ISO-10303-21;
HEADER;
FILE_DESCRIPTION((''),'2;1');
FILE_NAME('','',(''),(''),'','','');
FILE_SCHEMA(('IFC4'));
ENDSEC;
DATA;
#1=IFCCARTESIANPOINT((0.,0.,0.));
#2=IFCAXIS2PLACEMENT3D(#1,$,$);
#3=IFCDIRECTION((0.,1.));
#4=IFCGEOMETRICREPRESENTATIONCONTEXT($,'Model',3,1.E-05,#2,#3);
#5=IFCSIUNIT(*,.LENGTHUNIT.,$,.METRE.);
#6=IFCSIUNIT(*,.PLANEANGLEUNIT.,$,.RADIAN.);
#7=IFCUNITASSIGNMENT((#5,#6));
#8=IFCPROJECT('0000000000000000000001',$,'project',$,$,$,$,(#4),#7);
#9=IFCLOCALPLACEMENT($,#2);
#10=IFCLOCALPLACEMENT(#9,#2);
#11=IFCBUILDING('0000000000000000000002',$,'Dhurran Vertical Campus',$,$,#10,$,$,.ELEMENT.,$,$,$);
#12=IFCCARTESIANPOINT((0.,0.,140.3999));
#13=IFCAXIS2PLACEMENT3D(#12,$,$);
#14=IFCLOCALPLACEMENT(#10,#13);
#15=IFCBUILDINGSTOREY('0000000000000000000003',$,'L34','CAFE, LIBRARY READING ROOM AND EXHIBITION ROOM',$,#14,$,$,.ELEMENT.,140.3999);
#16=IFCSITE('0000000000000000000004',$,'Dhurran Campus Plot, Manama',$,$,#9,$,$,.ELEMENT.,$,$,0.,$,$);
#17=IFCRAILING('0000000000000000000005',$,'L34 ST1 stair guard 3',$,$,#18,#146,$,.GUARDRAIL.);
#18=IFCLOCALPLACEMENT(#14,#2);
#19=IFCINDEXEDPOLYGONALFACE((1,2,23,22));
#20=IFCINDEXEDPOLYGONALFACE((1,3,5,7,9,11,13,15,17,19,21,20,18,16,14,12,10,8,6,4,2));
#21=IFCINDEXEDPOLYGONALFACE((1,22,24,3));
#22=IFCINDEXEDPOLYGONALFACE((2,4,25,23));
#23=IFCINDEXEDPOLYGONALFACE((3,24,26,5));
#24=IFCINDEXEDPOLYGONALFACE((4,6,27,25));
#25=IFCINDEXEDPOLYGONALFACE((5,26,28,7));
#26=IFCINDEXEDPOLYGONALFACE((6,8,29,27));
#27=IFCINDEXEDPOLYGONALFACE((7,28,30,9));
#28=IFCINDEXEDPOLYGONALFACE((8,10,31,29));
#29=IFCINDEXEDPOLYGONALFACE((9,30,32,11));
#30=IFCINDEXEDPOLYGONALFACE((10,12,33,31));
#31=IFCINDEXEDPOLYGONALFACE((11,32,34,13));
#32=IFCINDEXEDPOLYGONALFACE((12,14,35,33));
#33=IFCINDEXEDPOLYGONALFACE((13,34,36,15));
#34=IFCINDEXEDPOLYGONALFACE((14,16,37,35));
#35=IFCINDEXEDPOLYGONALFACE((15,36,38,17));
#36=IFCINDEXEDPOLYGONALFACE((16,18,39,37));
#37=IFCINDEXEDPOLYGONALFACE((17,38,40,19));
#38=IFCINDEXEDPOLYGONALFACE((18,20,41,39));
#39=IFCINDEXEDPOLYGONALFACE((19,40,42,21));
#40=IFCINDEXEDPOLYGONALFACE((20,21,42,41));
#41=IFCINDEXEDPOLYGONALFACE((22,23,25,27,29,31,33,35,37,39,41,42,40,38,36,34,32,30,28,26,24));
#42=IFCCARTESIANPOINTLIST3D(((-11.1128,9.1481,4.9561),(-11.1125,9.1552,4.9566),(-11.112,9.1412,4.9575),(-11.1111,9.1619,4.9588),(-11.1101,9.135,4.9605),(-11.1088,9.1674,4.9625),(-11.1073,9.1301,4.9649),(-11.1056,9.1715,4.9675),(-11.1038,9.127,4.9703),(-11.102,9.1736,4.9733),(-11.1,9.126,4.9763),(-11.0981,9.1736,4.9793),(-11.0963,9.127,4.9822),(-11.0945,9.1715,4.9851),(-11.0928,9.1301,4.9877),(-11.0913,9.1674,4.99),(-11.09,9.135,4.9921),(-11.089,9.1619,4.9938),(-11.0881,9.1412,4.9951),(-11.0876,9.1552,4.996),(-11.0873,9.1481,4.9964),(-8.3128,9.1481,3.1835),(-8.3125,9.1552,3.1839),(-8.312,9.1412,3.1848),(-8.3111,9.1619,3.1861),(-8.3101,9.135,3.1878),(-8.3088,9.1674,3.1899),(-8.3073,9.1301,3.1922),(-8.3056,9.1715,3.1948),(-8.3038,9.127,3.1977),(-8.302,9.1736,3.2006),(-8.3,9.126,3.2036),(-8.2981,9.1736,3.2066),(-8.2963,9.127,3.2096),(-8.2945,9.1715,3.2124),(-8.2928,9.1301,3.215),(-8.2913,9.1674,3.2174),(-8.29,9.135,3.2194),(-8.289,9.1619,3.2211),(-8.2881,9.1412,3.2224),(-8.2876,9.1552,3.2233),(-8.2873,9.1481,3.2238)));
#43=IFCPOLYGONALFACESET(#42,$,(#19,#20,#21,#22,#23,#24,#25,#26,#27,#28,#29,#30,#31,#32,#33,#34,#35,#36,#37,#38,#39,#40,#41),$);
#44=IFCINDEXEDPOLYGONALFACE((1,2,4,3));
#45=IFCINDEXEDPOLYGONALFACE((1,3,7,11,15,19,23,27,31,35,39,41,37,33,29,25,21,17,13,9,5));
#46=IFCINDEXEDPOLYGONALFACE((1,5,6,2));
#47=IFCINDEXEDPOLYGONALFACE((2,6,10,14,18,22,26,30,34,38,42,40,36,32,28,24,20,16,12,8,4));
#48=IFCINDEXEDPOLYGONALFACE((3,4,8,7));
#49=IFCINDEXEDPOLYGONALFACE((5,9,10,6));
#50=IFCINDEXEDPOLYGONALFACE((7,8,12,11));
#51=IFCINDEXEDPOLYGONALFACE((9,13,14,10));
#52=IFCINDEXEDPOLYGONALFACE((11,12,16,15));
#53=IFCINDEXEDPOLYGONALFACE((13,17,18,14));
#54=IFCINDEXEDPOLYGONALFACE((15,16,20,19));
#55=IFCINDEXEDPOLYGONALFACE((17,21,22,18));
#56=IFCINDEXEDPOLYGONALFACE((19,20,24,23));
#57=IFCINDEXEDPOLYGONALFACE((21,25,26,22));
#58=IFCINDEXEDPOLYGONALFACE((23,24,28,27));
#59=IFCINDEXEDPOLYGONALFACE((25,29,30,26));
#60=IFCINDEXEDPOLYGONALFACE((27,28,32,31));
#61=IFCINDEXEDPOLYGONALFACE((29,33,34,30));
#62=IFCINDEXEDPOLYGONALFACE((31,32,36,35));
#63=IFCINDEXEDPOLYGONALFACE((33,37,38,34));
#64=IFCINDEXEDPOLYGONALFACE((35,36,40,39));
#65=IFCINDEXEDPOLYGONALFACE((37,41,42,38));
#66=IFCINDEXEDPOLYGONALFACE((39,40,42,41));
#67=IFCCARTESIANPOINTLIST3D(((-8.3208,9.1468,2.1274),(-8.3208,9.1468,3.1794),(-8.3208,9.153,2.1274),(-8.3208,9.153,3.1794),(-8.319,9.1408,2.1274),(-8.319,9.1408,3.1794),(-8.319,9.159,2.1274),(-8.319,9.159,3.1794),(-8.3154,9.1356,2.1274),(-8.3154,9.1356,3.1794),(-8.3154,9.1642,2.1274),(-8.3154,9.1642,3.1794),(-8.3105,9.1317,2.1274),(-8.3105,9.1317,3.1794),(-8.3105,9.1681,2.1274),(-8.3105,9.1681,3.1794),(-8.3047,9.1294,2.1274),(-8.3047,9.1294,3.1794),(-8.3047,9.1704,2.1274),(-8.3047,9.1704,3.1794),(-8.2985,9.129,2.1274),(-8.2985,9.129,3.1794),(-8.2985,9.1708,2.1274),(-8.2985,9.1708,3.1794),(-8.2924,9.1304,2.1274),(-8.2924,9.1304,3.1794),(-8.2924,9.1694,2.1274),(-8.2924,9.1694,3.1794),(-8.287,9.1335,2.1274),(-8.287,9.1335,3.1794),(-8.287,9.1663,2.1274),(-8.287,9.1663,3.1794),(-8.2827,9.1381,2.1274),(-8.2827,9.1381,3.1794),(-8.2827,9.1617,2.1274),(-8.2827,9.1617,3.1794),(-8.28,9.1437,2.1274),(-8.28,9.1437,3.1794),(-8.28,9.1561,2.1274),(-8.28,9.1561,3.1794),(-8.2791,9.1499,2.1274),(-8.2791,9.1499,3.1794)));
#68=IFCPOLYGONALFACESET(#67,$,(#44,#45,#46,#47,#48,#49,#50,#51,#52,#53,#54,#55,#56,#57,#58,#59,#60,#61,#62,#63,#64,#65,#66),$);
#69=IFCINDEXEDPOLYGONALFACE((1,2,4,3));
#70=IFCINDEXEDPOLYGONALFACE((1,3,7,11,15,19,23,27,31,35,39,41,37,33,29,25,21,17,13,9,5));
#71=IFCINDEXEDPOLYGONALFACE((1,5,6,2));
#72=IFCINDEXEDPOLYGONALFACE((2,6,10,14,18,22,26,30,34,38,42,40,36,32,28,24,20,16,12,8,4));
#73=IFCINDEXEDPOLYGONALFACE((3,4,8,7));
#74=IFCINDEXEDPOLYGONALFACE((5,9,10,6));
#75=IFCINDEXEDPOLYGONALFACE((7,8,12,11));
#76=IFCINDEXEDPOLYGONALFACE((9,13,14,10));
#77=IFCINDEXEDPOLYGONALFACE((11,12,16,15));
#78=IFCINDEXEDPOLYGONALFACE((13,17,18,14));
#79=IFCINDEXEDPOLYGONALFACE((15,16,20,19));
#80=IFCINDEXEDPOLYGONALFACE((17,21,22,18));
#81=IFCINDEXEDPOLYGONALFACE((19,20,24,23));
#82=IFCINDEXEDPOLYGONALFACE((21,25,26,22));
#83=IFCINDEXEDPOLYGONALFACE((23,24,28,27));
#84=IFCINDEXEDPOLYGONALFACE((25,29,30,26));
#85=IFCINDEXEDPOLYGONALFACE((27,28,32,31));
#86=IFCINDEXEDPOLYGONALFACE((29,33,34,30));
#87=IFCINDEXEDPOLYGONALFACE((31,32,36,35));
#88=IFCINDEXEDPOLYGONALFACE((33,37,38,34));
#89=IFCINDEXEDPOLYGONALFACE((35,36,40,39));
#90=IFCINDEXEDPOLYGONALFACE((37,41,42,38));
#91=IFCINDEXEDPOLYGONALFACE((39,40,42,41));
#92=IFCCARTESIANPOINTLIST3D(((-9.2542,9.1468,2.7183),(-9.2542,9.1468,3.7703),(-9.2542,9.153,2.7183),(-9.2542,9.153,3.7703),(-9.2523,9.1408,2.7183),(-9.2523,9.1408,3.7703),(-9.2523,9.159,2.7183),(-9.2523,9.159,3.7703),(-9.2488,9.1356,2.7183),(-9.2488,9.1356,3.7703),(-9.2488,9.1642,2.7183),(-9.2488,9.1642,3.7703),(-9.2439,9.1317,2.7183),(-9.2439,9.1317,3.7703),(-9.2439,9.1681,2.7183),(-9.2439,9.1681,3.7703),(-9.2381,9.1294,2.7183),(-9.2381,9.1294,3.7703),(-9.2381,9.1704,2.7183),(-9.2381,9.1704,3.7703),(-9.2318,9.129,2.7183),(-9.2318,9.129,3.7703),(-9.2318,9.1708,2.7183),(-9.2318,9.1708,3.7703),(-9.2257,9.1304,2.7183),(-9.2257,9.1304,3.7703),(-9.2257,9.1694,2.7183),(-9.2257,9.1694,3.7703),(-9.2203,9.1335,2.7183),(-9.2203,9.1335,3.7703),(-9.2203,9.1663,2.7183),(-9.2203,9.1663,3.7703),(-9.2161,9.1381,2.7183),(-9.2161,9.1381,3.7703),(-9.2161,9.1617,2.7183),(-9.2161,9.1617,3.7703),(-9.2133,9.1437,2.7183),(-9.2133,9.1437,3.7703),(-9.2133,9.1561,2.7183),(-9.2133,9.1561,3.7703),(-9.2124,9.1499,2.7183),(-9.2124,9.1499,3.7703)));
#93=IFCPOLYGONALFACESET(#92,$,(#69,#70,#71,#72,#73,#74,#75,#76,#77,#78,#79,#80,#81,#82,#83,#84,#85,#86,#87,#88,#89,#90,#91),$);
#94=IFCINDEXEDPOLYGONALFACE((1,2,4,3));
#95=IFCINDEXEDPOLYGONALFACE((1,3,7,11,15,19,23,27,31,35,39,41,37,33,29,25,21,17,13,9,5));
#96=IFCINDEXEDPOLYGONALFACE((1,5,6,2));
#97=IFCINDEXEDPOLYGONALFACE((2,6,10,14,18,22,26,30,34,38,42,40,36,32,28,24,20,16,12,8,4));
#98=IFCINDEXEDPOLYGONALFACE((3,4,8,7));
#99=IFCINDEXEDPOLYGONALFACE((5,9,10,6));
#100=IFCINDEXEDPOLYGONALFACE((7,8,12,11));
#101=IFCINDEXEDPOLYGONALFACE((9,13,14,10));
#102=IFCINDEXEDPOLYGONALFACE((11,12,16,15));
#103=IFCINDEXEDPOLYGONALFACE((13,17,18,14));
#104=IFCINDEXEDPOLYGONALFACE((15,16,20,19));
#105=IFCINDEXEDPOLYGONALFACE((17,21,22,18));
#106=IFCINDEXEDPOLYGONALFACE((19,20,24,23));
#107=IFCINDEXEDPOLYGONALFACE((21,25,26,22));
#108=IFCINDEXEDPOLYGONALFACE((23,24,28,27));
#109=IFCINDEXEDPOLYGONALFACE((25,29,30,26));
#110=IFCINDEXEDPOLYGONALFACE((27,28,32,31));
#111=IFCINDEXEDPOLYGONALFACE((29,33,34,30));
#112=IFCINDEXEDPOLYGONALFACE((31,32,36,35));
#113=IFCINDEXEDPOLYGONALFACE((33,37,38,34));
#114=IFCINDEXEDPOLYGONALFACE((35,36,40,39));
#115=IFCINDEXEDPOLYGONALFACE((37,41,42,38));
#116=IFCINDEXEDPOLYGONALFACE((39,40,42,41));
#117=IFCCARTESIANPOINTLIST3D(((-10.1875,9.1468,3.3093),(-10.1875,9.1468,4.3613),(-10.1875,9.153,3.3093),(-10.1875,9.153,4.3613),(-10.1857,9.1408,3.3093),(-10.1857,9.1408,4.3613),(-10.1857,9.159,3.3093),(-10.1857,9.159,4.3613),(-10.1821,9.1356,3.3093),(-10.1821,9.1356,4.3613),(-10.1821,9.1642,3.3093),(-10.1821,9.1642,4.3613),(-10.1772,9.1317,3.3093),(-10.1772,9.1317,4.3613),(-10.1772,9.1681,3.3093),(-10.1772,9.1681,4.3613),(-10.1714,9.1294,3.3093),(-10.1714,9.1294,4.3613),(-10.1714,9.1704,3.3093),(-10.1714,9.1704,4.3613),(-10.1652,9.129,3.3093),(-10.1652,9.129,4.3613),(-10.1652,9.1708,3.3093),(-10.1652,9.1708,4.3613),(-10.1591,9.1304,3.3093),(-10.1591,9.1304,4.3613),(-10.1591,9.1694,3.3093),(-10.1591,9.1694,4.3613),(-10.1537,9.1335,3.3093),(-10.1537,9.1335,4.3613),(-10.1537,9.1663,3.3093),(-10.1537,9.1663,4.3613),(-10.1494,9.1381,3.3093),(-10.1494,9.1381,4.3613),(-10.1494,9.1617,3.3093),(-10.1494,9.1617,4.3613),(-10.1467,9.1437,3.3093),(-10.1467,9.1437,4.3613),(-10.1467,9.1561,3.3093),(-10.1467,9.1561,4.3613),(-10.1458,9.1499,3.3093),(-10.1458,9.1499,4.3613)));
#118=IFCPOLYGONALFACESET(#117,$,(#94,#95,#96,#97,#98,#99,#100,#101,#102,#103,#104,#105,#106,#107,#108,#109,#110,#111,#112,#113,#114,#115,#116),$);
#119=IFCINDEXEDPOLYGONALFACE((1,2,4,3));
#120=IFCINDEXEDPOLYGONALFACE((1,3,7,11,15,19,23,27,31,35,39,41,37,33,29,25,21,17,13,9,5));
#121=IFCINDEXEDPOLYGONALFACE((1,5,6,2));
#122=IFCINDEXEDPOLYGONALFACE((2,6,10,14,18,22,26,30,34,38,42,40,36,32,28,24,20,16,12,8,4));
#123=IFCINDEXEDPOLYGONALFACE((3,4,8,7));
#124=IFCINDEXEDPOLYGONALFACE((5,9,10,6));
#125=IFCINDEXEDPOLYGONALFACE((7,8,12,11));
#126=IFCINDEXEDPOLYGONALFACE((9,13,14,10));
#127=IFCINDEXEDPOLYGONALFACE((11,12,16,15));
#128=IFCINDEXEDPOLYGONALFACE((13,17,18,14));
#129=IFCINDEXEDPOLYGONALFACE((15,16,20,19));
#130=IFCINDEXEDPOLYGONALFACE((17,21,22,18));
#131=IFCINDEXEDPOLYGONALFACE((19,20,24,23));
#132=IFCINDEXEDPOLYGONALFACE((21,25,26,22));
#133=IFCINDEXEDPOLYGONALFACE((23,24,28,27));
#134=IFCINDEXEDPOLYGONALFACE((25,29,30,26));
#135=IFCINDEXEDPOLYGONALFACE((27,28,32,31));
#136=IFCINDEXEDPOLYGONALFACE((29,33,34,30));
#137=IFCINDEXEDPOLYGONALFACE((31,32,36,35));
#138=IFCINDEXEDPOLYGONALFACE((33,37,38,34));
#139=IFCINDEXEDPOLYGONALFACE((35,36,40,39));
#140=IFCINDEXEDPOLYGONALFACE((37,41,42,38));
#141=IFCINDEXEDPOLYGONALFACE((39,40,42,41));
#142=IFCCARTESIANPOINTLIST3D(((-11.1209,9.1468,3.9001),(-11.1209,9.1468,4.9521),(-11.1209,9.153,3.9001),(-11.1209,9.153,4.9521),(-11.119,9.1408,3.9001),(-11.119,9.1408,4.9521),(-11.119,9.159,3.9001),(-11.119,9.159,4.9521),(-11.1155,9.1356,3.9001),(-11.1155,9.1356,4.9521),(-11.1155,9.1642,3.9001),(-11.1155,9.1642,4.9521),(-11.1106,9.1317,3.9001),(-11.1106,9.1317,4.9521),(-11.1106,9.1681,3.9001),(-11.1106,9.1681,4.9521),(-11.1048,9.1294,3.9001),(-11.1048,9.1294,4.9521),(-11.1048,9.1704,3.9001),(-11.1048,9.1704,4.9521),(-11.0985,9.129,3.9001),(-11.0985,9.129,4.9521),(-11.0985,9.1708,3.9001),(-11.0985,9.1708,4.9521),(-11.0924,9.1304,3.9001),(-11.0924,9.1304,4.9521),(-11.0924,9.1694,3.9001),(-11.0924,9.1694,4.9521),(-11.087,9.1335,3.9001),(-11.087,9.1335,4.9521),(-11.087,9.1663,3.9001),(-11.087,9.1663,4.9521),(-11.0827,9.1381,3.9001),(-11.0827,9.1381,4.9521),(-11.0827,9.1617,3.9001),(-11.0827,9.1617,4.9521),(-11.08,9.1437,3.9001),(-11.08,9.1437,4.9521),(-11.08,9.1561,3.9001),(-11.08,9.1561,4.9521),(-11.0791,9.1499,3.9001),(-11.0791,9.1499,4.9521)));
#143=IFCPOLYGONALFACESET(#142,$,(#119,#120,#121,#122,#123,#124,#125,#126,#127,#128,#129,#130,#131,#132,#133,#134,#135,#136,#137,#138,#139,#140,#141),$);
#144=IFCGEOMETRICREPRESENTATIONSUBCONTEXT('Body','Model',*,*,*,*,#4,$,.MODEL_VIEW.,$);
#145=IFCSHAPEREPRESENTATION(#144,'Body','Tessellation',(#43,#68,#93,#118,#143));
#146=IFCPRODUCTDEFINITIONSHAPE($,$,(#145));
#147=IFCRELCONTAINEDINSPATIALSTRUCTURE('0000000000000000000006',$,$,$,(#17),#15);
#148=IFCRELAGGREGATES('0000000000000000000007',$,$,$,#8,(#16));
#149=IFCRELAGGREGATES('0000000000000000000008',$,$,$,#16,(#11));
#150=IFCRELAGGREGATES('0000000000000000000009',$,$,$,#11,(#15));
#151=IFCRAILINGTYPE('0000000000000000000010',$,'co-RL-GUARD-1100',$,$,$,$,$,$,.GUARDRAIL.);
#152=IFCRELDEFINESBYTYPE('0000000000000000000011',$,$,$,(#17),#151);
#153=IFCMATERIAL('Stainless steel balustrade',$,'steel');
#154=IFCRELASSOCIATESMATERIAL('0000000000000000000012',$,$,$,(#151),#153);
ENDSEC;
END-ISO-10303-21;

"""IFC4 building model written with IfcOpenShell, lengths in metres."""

from ifc_helpers import new_model, si_unit, direction, frame, origin, origin_2d, place, context, subcontext, project, spatial, circle, extrude, material, type_object, element, save


model = new_model("IFC4")

# Units and contexts
model_context = context("Model", 3, precision=1e-05, world=origin(), true_north=direction((0.0, 1.0)))
body_context = subcontext(model_context, "Body", "Model", "MODEL_VIEW")
ifc_project = project(units=[si_unit("LENGTHUNIT", "METRE"), si_unit("PLANEANGLEUNIT", "RADIAN")], contexts=[model_context])

# Site, building, storey
site_placement = place(None, origin())
site = spatial("IfcSite", under=ifc_project, at=site_placement, Name="Dhurran Campus Plot, Manama", CompositionType="ELEMENT", RefElevation=0.0)
building_placement = place(site_placement, origin())
building = spatial("IfcBuilding", under=site, at=building_placement, Name="Dhurran Vertical Campus", CompositionType="ELEMENT")
storey_placement = place(building_placement, frame((0.0, 0.0, 140.3999)))
storey = spatial("IfcBuildingStorey", under=building, at=storey_placement, Name="L34", Description="CAFE, LIBRARY READING ROOM AND EXHIBITION ROOM", CompositionType="ELEMENT", Elevation=140.3999)

# Railing
ifc_material_1 = material(Name="Stainless steel balustrade", Category="steel")
railing_type_1 = type_object("IfcRailingType", Name="co-RL-GUARD-1100", PredefinedType="GUARDRAIL", material=ifc_material_1)
railing_1_placement = place(storey_placement, frame((-8.3, 9.1499, 2.1274)))
element("IfcRailing", 1, at=railing_1_placement, inside=storey, type_object=railing_type_1, Name="L34 ST1 stair guard 3", PredefinedType="GUARDRAIL", context=body_context, shape_type="SweptSolid", body=[
    extrude(circle(Radius=0.0239, at=origin_2d()), frame((0.0, 0.0, 1.0762), z_axis=(-0.844909, 0.0, 0.53491), x_axis=(0.0, -1.0, 0.0)), (0.0, 0.0, 1.0), 3.314),
    extrude(circle(Radius=0.021, at=origin_2d()), origin(), (0.0, 0.0, 1.0), 1.052),
    extrude(circle(Radius=0.021, at=origin_2d()), frame((-0.9333, 0.0, 0.5908)), (0.0, 0.0, 1.0), 1.052),
    extrude(circle(Radius=0.021, at=origin_2d()), frame((-1.8667, 0.0, 1.1819)), (0.0, 0.0, 1.0), 1.052),
    extrude(circle(Radius=0.021, at=origin_2d()), frame((-2.8, 0.0, 1.7727)), (0.0, 0.0, 1.0), 1.052),
])

save(model, "model.ifc")
